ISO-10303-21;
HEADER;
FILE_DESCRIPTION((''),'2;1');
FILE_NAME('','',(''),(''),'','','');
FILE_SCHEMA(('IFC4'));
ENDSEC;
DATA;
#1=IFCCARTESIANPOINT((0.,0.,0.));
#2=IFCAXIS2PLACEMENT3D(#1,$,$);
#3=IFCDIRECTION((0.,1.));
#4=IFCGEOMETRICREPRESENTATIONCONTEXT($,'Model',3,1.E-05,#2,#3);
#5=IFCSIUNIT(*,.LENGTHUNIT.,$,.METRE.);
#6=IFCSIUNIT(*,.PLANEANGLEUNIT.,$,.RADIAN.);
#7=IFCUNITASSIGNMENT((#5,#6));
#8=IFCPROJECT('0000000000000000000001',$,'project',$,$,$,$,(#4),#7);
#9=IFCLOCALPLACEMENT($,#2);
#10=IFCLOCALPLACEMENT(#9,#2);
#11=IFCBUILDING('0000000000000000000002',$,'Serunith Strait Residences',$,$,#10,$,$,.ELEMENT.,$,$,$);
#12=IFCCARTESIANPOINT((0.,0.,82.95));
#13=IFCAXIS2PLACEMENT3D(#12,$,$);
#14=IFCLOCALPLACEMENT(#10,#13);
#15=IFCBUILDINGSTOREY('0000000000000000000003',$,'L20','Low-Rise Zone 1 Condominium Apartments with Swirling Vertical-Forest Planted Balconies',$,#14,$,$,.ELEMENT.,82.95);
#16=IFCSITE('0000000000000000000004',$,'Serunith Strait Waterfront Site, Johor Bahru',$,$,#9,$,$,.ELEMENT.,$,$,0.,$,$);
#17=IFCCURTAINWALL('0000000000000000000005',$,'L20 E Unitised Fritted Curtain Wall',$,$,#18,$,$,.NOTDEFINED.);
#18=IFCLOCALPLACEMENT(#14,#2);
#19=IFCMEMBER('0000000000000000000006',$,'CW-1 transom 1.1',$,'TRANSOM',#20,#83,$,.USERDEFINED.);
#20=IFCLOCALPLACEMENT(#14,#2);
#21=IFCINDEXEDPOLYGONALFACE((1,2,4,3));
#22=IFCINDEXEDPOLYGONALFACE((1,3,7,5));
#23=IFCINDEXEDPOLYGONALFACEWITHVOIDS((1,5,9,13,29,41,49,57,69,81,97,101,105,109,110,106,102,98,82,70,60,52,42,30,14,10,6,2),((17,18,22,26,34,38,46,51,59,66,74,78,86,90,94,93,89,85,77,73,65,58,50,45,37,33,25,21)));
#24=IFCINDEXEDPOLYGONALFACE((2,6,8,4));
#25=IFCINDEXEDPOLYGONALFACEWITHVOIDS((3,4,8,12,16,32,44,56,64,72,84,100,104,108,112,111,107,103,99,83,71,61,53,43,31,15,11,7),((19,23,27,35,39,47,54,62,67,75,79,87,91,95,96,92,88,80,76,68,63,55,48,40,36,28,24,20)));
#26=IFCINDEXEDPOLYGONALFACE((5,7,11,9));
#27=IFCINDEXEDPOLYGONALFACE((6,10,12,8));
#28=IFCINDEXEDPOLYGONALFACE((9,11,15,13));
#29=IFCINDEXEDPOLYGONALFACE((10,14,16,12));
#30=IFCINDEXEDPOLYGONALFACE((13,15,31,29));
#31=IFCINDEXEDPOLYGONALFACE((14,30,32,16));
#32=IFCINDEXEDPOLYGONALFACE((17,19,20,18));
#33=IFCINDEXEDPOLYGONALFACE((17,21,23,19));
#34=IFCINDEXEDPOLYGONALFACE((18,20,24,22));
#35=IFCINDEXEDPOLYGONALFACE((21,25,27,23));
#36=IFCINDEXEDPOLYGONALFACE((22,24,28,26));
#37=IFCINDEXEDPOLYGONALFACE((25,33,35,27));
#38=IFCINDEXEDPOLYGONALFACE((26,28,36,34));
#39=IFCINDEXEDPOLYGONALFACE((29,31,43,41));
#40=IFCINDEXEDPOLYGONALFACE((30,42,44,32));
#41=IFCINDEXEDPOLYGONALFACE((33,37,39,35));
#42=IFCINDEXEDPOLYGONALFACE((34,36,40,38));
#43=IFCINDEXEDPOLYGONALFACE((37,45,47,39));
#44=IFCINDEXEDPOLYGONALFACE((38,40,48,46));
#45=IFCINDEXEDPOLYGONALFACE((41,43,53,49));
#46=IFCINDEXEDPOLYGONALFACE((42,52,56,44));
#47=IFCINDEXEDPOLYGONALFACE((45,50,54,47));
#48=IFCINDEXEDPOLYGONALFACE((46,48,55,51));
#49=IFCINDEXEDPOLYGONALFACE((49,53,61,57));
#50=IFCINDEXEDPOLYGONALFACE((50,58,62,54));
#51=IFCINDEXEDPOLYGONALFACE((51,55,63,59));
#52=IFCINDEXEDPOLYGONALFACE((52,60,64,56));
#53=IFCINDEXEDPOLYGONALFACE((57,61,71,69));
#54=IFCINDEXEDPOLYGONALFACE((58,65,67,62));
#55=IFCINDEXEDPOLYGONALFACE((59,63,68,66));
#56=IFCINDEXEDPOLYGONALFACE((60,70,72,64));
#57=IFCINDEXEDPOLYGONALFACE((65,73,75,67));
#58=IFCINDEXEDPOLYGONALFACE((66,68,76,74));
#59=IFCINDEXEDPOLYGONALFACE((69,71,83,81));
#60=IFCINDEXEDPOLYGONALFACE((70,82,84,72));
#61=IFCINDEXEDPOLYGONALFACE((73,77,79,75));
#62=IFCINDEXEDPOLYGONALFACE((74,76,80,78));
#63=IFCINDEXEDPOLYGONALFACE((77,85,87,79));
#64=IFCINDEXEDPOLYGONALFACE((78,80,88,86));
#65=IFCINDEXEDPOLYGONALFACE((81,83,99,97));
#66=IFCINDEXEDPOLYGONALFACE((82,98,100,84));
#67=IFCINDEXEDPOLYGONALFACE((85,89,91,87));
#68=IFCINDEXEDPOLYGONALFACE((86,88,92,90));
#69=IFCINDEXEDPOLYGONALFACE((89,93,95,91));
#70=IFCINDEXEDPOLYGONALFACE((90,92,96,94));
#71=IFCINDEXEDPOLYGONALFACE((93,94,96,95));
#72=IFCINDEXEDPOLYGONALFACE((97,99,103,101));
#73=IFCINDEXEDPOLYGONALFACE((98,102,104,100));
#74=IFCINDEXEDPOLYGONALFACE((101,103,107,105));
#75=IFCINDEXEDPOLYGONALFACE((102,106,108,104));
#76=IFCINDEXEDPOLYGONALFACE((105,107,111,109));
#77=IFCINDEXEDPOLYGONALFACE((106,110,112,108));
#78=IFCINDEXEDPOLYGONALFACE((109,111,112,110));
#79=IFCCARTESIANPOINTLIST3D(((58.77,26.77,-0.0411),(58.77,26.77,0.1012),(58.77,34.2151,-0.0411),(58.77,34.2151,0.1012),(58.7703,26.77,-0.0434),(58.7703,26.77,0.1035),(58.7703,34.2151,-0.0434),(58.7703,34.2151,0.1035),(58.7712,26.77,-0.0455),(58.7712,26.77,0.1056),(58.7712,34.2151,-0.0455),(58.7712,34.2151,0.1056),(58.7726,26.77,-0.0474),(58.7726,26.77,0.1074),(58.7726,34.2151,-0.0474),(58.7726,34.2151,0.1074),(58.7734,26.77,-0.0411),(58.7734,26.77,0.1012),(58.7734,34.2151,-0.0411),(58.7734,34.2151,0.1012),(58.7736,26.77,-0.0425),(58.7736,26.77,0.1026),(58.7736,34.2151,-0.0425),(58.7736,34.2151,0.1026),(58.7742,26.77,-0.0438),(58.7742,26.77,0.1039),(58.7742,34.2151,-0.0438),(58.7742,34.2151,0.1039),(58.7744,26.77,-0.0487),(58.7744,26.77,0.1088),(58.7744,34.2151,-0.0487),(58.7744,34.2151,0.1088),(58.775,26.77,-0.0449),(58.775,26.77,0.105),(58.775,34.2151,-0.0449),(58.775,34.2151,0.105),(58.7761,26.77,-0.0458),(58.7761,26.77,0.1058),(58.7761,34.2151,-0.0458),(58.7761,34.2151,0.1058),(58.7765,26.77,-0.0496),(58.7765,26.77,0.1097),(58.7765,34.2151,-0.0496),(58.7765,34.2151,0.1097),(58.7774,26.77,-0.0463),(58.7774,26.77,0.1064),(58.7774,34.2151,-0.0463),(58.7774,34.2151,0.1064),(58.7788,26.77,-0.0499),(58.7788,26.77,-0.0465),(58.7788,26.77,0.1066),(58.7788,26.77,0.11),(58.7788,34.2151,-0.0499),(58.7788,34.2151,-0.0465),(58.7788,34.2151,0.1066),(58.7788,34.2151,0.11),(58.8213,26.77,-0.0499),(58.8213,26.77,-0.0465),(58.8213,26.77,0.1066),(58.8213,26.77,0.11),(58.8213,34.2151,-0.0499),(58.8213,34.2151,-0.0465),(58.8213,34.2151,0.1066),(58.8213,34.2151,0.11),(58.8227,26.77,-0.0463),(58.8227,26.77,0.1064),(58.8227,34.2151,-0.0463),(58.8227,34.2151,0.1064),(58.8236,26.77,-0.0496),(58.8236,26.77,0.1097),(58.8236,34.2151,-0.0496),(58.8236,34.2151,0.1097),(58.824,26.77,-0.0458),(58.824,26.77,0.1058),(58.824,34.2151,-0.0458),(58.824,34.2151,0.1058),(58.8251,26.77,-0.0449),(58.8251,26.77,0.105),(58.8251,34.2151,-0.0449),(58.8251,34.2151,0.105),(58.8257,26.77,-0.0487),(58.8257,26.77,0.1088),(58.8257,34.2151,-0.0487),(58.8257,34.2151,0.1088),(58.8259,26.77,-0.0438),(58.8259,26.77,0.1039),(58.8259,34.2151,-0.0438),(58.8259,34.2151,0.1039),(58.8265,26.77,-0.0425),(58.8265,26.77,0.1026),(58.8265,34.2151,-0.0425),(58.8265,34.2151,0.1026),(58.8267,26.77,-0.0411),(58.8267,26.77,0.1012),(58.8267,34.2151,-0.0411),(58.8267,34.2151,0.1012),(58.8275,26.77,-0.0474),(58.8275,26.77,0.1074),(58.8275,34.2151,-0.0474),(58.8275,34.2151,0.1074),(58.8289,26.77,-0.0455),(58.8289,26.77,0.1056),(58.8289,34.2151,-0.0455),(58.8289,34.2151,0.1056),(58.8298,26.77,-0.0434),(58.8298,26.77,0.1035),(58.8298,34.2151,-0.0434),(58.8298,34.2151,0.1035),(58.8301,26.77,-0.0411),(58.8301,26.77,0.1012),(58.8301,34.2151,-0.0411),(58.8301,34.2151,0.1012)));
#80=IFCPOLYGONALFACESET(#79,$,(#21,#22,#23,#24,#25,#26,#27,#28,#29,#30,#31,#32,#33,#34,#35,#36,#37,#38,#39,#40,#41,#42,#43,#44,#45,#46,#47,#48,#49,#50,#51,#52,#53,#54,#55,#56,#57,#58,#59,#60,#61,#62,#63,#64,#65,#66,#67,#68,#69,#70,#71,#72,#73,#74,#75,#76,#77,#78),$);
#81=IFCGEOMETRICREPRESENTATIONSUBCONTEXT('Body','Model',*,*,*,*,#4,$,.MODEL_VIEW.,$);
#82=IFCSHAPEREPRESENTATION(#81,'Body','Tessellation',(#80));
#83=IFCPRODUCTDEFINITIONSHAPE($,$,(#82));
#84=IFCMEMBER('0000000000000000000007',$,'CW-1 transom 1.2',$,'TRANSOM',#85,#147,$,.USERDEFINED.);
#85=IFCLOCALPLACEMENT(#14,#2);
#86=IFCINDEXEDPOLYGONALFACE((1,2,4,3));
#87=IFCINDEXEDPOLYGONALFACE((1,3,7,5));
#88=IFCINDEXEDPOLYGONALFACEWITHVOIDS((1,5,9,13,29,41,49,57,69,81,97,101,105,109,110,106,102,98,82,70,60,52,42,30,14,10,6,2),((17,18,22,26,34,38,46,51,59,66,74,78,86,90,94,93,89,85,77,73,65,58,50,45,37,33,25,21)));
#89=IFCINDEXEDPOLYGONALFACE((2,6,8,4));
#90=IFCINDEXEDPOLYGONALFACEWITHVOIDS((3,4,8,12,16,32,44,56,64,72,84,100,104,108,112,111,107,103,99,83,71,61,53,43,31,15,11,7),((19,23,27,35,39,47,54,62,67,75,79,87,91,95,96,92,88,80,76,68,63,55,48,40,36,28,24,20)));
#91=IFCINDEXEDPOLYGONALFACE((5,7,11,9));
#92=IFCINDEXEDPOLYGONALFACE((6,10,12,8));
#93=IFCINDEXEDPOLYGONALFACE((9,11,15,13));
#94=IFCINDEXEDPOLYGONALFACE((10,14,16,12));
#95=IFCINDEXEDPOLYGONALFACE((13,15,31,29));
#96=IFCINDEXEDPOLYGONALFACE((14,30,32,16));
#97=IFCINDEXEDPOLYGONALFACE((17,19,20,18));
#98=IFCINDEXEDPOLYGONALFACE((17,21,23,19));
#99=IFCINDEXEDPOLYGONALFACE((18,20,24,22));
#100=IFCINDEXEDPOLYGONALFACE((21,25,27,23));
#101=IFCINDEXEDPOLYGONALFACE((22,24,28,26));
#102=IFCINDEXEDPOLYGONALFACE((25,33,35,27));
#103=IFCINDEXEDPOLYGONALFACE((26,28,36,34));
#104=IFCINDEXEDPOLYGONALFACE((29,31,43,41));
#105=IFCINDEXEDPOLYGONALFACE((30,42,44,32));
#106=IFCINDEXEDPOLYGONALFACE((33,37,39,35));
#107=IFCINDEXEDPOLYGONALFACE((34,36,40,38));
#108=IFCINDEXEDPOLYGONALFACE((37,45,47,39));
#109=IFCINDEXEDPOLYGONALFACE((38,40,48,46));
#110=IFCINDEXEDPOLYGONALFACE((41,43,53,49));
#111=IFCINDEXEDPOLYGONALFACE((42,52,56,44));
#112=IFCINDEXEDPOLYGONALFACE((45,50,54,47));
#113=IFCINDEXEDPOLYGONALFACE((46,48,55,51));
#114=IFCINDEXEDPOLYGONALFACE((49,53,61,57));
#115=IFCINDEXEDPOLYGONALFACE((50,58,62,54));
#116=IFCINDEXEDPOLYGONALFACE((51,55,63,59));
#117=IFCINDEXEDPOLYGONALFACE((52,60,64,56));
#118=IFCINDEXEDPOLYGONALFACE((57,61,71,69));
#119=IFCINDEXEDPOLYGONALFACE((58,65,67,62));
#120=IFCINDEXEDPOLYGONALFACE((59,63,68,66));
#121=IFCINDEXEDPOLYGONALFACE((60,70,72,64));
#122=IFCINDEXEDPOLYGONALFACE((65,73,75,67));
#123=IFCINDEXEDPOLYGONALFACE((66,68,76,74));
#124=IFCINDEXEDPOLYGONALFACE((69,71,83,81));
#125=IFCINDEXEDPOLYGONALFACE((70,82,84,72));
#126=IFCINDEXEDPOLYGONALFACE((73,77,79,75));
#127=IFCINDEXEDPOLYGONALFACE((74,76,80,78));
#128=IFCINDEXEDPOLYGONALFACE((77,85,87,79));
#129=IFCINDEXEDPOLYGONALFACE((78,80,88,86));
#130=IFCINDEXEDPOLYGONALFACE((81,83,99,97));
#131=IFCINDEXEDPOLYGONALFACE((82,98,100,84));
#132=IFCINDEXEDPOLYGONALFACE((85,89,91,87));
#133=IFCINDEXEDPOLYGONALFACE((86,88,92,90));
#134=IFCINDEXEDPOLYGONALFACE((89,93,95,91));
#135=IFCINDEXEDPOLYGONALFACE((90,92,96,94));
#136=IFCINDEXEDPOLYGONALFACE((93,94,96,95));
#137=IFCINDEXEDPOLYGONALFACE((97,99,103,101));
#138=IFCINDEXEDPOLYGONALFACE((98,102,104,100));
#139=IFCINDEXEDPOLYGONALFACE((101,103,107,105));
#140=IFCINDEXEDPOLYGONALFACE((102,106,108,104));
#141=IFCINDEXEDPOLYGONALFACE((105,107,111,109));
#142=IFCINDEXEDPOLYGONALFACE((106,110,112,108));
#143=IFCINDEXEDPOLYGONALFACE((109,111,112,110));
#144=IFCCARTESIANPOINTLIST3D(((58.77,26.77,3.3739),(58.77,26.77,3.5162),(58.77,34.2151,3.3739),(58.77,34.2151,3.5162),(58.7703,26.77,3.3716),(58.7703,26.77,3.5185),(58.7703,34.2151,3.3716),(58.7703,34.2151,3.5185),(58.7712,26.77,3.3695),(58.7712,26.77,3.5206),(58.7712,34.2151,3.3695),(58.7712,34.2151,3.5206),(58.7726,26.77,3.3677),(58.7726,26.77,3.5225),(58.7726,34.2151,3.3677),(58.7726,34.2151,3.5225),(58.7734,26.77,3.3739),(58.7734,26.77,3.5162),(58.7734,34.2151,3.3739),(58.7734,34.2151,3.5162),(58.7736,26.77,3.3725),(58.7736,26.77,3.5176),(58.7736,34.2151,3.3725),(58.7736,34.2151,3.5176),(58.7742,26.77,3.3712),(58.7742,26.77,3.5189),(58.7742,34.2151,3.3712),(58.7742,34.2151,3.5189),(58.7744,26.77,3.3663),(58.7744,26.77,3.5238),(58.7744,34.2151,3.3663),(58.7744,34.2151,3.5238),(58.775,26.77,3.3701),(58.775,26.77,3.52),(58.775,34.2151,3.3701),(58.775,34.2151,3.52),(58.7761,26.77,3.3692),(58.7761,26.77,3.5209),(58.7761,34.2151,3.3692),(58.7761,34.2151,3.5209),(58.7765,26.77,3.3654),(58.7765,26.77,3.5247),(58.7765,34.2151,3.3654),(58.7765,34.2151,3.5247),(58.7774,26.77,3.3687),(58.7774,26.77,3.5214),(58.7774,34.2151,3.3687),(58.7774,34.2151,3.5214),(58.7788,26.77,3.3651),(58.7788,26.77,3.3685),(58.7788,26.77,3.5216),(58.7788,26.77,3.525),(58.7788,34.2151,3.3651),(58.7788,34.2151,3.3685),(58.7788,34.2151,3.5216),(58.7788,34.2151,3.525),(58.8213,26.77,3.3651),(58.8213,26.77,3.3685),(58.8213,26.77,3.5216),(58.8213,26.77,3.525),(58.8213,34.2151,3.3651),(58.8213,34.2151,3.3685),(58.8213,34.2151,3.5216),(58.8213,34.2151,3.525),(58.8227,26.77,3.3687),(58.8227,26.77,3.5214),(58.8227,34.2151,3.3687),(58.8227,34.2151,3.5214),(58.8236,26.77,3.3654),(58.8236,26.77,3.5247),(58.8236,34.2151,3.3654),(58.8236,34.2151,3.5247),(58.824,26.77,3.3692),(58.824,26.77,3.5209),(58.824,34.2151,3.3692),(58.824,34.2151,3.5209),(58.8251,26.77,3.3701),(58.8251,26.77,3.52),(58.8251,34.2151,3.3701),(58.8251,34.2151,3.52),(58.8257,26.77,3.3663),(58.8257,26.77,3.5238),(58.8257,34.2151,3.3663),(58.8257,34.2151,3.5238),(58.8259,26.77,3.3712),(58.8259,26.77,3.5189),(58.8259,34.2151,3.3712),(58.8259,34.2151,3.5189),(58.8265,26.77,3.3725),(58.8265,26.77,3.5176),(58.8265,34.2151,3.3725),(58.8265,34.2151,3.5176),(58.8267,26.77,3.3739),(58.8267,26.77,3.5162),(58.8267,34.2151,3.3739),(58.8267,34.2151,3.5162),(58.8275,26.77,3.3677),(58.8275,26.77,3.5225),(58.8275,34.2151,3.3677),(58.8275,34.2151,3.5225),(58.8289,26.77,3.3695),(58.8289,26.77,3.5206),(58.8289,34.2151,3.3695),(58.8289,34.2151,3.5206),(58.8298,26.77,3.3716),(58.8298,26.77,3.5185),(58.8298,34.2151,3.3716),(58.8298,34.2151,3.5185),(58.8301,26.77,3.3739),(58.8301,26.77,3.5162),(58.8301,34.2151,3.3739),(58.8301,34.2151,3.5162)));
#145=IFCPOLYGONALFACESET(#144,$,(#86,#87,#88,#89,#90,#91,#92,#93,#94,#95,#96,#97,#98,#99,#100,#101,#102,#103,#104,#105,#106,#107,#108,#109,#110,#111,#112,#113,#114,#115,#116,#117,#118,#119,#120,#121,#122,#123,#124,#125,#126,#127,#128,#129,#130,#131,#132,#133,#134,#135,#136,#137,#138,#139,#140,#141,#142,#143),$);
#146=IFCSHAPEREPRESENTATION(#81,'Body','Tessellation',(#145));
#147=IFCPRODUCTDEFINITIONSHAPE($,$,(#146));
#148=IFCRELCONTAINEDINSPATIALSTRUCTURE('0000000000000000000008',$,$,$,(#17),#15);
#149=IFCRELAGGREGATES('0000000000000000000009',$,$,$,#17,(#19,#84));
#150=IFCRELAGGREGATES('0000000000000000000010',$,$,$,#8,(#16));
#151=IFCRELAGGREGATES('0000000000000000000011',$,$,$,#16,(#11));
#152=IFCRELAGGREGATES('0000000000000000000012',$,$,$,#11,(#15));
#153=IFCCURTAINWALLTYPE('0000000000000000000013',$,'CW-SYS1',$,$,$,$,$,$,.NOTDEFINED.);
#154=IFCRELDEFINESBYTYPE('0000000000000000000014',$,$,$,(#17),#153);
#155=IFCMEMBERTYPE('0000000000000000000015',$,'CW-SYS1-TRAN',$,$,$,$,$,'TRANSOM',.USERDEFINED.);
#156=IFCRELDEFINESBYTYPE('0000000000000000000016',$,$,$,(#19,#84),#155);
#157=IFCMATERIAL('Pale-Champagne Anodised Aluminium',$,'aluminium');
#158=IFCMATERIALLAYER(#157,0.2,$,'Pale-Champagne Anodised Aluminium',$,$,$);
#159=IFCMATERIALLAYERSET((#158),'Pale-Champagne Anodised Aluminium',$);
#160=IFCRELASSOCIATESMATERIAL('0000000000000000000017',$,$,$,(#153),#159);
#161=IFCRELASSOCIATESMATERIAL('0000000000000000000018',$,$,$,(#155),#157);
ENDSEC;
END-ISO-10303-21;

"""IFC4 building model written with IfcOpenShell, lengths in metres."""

from ifc_helpers import new_model, si_unit, direction, frame, origin, origin_2d, place, context, subcontext, project, spatial, hollow_rectangle, extrude, source, transform, mapped, material, layer, layer_set, material_profile, profile_set, type_object, element, aggregate, save


model = new_model("IFC4")

# Units and contexts
model_context = context("Model", 3, precision=1e-05, world=origin(), true_north=direction((0.0, 1.0)))
body_context = subcontext(model_context, "Body", "Model", "MODEL_VIEW")
ifc_project = project(units=[si_unit("LENGTHUNIT", "METRE"), si_unit("PLANEANGLEUNIT", "RADIAN")], contexts=[model_context])

# Site, building, storey
site_placement = place(None, origin())
site = spatial("IfcSite", under=ifc_project, at=site_placement, Name="Serunith Strait Waterfront Site, Johor Bahru", CompositionType="ELEMENT", RefElevation=0.0)
building_placement = place(site_placement, origin())
building = spatial("IfcBuilding", under=site, at=building_placement, Name="Serunith Strait Residences", CompositionType="ELEMENT")
storey_placement = place(building_placement, frame((0.0, 0.0, 82.95)))
storey = spatial("IfcBuildingStorey", under=building, at=storey_placement, Name="L20", Description="Low-Rise Zone 1 Condominium Apartments with Swirling Vertical-Forest Planted Balconies", CompositionType="ELEMENT", Elevation=82.95)

# Curtain wall, members
ifc_material_1 = material(Name="Pale-Champagne Anodised Aluminium", Category="aluminium")
ifc_layer_1 = layer(ifc_material_1, 0.2, Name="Pale-Champagne Anodised Aluminium")
ifc_layer_set_1 = layer_set([ifc_layer_1], Name="Pale-Champagne Anodised Aluminium")
curtain_wall_type = type_object("IfcCurtainWallType", Name="CW-SYS1", PredefinedType="NOTDEFINED", material=ifc_layer_set_1)
curtain_wall_placement = place(storey_placement, origin())
curtain_wall = element("IfcCurtainWall", 1, at=curtain_wall_placement, inside=storey, type_object=curtain_wall_type, Name="L20 E Unitised Fritted Curtain Wall", PredefinedType="NOTDEFINED")
ifc_material_profile_1 = material_profile(ifc_material_1, hollow_rectangle(XDim=0.0601, YDim=0.1599, WallThickness=0.0034, InnerFilletRadius=0.0054, OuterFilletRadius=0.0088, at=origin_2d()), Name="ALU 160x60x3.5")
ifc_profile_set_1 = profile_set([ifc_material_profile_1], Name="Pale-Champagne Anodised Aluminium")
member_type_1 = type_object("IfcMemberType", Name="CW-SYS1-TRAN", ElementType="TRANSOM", PredefinedType="USERDEFINED", material=ifc_profile_set_1)
shared_shape_1 = source(origin(), body_context, "Body", "SweptSolid", [
    extrude(hollow_rectangle(XDim=0.0601, YDim=0.1599, WallThickness=0.0034, InnerFilletRadius=0.0054, OuterFilletRadius=0.0088, at=origin_2d()), origin(), (0.0, 0.0, 1.0), 7.4451),
])
member_1_placement = place(storey_placement, frame((58.8, 26.77, 0.03), z_axis=(0.0, 1.0, 0.0), x_axis=(-1.0, 0.0, 0.0)))
member_1 = element("IfcMember", 2, at=member_1_placement, type_object=member_type_1, Name="CW-1 transom 1.1", ObjectType="TRANSOM", PredefinedType="USERDEFINED", context=body_context, shape_type="MappedRepresentation", body=[
    mapped(shared_shape_1, transform((0.0, 0.0, 0.0), scale=1.0)),
])
member_2_placement = place(storey_placement, frame((58.8, 26.77, 3.4451), z_axis=(0.0, 1.0, 0.0), x_axis=(-1.0, 0.0, 0.0)))
member_2 = element("IfcMember", 3, at=member_2_placement, type_object=member_type_1, Name="CW-1 transom 1.2", ObjectType="TRANSOM", PredefinedType="USERDEFINED", context=body_context, shape_type="MappedRepresentation", body=[
    mapped(shared_shape_1, transform((0.0, 0.0, 0.0), scale=1.0)),
])
aggregate(curtain_wall, [member_1, member_2])

save(model, "model.ifc")
